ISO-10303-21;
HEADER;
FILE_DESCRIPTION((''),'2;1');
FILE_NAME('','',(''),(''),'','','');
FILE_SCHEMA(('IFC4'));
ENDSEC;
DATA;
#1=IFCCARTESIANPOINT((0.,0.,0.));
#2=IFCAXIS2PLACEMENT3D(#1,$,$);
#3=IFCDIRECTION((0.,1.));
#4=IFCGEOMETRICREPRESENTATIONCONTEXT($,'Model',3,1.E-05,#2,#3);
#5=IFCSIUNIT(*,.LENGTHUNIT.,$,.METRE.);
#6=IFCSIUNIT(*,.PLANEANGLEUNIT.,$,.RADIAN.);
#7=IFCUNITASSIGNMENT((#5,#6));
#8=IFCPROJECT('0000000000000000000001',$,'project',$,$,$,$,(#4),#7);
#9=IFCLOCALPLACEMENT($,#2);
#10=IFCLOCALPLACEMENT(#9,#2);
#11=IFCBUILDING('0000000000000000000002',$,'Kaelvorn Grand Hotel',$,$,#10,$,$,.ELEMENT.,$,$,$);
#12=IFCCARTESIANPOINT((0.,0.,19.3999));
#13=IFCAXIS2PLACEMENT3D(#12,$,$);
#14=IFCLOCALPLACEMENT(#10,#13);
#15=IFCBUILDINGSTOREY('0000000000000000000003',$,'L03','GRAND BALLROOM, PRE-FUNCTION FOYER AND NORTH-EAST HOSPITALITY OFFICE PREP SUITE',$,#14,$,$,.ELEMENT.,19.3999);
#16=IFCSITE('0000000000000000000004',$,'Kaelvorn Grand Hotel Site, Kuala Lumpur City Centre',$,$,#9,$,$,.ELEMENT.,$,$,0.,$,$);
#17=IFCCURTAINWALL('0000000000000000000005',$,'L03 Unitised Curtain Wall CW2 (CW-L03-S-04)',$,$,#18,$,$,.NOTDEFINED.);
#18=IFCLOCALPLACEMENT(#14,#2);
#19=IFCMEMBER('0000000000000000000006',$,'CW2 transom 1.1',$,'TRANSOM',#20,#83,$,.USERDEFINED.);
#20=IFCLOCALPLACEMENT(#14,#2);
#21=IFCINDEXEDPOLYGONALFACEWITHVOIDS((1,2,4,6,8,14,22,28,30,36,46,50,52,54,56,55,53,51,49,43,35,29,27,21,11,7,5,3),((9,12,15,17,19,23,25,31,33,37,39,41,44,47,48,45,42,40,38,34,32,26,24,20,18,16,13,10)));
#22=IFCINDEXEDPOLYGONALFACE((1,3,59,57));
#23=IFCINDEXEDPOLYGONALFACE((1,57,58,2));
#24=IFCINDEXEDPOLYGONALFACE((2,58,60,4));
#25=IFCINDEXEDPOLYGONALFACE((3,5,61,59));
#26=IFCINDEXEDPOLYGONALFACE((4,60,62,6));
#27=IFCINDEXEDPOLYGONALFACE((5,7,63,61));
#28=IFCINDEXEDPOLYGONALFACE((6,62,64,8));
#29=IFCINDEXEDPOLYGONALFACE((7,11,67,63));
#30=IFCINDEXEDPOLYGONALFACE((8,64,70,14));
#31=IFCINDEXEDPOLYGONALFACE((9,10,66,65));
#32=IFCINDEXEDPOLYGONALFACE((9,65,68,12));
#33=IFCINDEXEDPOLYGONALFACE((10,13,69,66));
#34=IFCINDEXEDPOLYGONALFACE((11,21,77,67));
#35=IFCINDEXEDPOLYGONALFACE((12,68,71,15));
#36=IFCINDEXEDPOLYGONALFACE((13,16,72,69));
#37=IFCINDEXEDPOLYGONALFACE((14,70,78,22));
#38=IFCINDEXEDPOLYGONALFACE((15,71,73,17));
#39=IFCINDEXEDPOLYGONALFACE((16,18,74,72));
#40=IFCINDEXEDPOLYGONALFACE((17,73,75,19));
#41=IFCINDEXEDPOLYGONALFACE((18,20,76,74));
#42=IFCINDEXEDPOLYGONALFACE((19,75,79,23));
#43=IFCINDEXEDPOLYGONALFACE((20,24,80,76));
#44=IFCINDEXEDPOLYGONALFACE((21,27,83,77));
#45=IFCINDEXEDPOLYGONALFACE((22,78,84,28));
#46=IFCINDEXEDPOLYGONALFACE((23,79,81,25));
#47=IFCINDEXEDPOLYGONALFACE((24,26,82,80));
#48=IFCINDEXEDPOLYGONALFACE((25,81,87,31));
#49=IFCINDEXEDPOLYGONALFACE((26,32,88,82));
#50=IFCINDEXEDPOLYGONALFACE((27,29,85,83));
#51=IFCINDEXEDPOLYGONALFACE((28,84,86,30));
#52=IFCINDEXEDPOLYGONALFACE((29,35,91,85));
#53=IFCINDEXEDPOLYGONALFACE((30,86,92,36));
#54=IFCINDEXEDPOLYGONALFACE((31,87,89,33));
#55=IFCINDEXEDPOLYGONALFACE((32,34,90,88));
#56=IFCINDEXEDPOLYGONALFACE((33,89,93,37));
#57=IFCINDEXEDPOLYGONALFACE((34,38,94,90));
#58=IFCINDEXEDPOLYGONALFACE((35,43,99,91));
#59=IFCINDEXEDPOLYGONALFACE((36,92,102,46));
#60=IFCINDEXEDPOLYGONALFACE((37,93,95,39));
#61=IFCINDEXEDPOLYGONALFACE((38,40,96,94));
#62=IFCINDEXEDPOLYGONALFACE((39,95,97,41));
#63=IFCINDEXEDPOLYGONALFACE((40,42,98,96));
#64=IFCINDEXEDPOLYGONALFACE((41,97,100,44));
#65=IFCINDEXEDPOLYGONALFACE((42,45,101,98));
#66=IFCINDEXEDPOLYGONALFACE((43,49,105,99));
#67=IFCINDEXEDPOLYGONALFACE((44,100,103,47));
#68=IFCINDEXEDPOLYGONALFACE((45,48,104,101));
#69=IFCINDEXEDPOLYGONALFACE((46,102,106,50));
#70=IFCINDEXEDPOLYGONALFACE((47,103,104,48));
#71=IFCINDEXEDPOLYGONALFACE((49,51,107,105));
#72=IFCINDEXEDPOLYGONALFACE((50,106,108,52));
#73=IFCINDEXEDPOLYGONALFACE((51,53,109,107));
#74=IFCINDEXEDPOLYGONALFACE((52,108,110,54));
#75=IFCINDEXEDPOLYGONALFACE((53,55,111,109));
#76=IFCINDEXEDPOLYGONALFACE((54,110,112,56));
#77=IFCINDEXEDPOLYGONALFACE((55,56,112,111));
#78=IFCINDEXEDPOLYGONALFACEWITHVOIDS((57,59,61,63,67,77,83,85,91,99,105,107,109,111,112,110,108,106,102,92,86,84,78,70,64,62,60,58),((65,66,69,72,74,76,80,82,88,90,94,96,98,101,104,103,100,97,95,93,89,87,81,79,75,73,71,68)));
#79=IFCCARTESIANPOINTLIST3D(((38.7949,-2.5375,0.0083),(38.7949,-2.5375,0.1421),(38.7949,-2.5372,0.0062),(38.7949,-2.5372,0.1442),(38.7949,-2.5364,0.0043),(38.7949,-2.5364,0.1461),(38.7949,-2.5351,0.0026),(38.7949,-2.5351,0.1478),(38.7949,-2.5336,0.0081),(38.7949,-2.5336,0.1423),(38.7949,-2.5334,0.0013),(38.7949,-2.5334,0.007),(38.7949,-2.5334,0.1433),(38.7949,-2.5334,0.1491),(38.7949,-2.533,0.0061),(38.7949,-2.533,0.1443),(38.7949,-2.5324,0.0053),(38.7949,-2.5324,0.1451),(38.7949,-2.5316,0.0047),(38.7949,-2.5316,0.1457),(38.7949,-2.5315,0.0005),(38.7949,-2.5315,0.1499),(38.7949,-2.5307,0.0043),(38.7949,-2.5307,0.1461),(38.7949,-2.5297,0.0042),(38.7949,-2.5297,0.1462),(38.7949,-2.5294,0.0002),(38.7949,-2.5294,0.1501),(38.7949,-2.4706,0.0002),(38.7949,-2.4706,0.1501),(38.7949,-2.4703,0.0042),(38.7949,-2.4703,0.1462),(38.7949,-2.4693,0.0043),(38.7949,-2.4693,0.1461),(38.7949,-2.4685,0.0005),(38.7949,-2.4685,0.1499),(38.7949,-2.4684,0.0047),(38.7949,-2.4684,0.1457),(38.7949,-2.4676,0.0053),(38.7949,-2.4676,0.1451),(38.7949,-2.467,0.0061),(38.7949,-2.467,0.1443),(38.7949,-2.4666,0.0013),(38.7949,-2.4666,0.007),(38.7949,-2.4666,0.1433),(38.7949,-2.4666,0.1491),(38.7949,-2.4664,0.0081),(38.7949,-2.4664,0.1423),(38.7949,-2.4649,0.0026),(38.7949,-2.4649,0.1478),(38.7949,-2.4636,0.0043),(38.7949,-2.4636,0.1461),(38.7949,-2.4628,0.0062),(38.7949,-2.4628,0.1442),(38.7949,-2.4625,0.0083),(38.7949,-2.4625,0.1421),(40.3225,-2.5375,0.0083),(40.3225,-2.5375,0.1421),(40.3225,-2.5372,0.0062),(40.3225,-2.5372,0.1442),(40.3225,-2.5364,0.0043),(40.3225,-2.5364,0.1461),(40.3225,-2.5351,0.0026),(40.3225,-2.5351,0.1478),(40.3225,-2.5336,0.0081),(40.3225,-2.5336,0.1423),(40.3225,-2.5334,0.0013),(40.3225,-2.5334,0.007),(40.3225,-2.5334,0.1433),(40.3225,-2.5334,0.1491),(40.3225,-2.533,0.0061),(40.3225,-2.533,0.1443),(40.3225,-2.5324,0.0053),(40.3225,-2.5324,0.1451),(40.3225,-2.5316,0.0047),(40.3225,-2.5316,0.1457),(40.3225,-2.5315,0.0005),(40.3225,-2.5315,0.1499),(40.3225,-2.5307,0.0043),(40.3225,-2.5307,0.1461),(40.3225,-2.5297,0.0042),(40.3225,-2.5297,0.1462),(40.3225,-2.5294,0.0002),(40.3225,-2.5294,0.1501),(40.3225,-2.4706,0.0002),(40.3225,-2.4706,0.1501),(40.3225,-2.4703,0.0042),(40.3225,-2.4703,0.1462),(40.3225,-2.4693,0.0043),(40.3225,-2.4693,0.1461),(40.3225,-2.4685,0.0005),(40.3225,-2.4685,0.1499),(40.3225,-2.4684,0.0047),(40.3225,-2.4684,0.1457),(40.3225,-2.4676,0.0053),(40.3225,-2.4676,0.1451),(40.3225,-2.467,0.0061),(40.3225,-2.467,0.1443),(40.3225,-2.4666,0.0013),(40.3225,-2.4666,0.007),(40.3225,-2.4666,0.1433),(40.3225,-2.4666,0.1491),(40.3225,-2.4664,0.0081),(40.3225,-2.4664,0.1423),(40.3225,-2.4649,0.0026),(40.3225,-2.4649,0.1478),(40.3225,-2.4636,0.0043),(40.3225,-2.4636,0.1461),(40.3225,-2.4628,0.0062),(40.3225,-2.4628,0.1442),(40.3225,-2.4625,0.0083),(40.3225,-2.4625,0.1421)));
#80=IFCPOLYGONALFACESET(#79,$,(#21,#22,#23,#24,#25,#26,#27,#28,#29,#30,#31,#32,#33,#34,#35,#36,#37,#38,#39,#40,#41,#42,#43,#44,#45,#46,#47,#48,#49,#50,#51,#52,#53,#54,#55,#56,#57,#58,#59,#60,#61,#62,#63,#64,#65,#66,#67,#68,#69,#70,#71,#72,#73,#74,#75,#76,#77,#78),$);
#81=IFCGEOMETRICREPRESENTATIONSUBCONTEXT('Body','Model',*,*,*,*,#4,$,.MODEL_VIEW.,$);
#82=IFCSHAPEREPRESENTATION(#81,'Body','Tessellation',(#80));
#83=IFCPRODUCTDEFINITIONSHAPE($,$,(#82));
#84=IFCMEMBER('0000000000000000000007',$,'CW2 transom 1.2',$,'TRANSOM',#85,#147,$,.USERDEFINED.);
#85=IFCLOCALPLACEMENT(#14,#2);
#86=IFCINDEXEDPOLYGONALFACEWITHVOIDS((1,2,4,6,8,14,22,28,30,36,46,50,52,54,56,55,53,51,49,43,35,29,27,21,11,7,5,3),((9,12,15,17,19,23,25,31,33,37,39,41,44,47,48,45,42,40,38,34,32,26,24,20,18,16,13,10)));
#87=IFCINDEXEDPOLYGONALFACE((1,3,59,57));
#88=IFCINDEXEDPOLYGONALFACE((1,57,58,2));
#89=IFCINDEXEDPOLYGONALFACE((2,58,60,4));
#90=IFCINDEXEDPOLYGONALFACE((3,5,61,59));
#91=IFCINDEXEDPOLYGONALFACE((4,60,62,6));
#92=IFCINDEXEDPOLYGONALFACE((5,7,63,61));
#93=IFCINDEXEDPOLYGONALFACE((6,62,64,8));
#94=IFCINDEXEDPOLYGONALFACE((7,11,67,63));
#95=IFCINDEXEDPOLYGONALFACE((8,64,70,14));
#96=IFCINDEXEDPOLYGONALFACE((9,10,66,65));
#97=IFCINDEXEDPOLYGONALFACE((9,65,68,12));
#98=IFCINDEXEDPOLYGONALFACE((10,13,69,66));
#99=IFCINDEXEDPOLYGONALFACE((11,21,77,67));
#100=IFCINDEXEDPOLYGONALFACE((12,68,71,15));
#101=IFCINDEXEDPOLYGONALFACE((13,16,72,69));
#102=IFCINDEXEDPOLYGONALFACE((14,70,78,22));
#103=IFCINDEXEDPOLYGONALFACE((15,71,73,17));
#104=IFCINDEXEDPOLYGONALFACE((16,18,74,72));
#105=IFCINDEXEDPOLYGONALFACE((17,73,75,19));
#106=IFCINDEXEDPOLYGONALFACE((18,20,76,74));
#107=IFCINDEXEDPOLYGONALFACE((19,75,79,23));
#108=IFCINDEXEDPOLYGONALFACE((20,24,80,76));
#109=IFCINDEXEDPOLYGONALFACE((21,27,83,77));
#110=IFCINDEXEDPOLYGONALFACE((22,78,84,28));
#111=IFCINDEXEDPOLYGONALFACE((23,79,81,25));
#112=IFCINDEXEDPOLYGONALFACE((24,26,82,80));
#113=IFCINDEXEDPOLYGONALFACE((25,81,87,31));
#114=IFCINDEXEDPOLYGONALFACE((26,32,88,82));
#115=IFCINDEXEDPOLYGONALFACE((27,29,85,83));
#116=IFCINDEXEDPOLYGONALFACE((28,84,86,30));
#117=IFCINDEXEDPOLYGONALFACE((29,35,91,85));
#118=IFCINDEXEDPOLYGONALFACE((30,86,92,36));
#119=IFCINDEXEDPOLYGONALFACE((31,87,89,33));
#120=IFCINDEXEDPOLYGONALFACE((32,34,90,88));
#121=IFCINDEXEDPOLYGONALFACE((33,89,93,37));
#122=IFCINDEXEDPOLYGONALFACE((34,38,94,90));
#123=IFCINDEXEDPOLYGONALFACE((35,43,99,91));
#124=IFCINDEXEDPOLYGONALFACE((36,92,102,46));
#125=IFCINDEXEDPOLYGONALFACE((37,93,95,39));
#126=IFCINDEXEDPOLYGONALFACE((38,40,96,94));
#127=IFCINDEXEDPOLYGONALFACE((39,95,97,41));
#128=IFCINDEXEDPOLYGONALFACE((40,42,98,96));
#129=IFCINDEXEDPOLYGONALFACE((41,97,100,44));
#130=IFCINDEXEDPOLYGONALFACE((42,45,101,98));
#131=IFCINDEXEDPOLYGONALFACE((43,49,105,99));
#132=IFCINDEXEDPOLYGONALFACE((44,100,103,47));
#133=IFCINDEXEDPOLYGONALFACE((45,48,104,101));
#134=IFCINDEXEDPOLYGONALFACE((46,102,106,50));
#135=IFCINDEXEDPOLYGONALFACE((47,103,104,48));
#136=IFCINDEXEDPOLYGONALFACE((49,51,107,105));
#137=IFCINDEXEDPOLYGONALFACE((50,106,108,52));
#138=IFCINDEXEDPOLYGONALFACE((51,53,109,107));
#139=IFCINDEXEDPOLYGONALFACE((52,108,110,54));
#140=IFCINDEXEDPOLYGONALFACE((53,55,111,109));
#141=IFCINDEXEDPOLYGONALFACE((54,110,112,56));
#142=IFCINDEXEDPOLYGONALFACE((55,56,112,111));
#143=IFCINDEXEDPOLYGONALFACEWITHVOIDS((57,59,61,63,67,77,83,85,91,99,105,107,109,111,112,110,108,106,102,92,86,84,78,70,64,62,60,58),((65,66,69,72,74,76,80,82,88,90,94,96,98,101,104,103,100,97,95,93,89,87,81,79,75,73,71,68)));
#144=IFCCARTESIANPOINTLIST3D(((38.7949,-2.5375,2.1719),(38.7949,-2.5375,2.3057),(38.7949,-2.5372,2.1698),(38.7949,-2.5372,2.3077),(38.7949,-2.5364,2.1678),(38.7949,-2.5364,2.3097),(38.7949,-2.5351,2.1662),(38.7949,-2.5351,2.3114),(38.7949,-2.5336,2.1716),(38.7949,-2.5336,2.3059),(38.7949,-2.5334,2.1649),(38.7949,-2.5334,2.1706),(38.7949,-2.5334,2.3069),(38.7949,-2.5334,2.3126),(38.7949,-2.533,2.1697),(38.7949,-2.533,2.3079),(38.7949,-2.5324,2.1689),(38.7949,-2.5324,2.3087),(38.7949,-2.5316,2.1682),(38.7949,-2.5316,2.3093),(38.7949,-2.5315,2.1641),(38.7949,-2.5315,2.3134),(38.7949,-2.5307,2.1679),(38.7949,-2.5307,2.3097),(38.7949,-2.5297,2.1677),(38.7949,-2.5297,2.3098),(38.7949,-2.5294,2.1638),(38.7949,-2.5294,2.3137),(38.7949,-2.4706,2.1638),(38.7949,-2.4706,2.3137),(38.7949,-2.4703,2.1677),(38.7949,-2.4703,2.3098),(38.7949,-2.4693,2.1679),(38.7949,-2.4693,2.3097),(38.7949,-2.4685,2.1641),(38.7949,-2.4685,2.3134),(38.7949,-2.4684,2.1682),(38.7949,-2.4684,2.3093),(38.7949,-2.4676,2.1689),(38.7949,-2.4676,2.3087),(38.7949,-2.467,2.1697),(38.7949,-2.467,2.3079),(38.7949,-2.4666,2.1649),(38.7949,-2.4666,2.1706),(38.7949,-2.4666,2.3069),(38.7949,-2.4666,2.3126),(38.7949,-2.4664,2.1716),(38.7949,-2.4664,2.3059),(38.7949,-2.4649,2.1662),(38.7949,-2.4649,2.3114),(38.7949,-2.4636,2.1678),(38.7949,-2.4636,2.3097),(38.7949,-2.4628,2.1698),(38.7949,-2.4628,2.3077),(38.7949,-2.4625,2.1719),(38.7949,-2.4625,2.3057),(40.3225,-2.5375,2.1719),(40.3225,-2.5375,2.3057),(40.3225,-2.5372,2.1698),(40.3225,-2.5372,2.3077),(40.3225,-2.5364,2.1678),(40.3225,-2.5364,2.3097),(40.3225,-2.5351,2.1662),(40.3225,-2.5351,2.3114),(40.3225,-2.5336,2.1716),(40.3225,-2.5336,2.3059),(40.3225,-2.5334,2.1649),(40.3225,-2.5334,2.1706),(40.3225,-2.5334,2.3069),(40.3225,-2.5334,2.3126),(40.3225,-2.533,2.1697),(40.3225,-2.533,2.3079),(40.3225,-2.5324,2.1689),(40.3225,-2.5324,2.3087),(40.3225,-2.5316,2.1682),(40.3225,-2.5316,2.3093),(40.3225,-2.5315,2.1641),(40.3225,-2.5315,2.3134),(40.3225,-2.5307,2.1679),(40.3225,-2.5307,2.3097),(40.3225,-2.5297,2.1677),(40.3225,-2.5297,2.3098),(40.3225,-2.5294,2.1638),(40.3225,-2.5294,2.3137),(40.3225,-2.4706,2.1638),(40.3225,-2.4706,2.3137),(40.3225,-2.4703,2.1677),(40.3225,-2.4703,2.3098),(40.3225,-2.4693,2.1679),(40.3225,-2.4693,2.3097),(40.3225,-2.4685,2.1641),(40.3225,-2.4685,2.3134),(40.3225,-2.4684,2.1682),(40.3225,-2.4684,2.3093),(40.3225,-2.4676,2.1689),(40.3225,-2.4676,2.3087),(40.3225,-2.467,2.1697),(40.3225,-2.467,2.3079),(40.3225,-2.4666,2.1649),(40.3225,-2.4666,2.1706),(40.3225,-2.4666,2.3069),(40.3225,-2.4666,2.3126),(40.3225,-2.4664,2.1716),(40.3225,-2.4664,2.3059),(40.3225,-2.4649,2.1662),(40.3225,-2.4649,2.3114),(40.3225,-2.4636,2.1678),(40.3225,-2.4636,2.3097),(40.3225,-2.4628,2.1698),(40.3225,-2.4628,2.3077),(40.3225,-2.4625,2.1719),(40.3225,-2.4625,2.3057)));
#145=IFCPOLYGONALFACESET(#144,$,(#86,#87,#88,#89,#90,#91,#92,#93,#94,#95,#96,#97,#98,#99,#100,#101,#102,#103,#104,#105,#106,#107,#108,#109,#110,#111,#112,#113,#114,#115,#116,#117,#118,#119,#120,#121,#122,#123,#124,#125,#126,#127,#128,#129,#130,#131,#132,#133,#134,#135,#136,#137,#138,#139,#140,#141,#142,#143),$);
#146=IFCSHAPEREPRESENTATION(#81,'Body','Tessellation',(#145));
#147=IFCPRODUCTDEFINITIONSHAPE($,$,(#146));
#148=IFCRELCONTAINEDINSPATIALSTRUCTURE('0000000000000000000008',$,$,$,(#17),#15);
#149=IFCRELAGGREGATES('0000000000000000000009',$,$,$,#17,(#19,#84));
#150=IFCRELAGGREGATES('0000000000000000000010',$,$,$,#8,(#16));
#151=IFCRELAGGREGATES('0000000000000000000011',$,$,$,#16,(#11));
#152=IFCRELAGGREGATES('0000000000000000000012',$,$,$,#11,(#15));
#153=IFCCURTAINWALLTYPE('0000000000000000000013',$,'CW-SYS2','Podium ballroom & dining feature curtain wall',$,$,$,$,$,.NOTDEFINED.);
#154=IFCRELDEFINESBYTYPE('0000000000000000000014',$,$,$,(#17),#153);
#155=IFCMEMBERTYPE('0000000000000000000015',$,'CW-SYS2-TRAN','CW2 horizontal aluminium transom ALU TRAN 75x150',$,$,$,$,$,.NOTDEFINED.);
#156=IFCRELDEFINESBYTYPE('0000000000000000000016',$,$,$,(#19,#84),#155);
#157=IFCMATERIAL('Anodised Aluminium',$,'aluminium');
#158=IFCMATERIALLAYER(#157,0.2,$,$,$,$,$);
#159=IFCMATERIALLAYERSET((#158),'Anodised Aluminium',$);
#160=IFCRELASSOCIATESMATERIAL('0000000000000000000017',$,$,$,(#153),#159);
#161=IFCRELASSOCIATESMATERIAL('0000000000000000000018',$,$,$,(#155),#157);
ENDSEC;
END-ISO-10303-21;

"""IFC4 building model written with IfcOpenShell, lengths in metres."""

from ifc_helpers import new_model, si_unit, direction, frame, origin, origin_2d, place, context, subcontext, project, spatial, hollow_rectangle, extrude, material, layer, layer_set, material_profile, profile_set, type_object, element, aggregate, save


model = new_model("IFC4")

# Units and contexts
model_context = context("Model", 3, precision=1e-05, world=origin(), true_north=direction((0.0, 1.0)))
body_context = subcontext(model_context, "Body", "Model", "MODEL_VIEW")
ifc_project = project(units=[si_unit("LENGTHUNIT", "METRE"), si_unit("PLANEANGLEUNIT", "RADIAN")], contexts=[model_context])

# Site, building, storey
site_placement = place(None, origin())
site = spatial("IfcSite", under=ifc_project, at=site_placement, Name="Kaelvorn Grand Hotel Site, Kuala Lumpur City Centre", CompositionType="ELEMENT", RefElevation=0.0)
building_placement = place(site_placement, origin())
building = spatial("IfcBuilding", under=site, at=building_placement, Name="Kaelvorn Grand Hotel", CompositionType="ELEMENT")
storey_placement = place(building_placement, frame((0.0, 0.0, 19.3999)))
storey = spatial("IfcBuildingStorey", under=building, at=storey_placement, Name="L03", Description="GRAND BALLROOM, PRE-FUNCTION FOYER AND NORTH-EAST HOSPITALITY OFFICE PREP SUITE", CompositionType="ELEMENT", Elevation=19.3999)

# Shared definitions
ifc_material_1 = material(Name="Anodised Aluminium", Category="aluminium")
ifc_layer_1 = layer(ifc_material_1, 0.2)
ifc_layer_set_1 = layer_set([ifc_layer_1], Name="Anodised Aluminium")
curtain_wall_type = type_object("IfcCurtainWallType", Name="CW-SYS2", Description="Podium ballroom & dining feature curtain wall", PredefinedType="NOTDEFINED", material=ifc_layer_set_1)

# Curtain wall
curtain_wall_1_placement = place(storey_placement, origin())
curtain_wall_1 = element("IfcCurtainWall", 1, at=curtain_wall_1_placement, inside=storey, type_object=curtain_wall_type, Name="L03 Unitised Curtain Wall CW2 (CW-L03-S-04)", PredefinedType="NOTDEFINED")

# Members
ifc_material_profile_1 = material_profile(ifc_material_1, hollow_rectangle(XDim=0.075, YDim=0.1499, WallThickness=0.0039, InnerFilletRadius=0.0039, OuterFilletRadius=0.0081, at=origin_2d()), Name="ALU TRAN 75x150")
ifc_profile_set_1 = profile_set([ifc_material_profile_1], Name="Anodised Aluminium")
member_type_1 = type_object("IfcMemberType", Name="CW-SYS2-TRAN", Description="CW2 horizontal aluminium transom ALU TRAN 75x150", PredefinedType="NOTDEFINED", material=ifc_profile_set_1)
member_1_placement = place(storey_placement, frame((38.7949, -2.5, 0.0752), z_axis=(1.0, 0.0, 0.0), x_axis=(0.0, 1.0, 0.0)))
member_1 = element("IfcMember", 2, at=member_1_placement, type_object=member_type_1, Name="CW2 transom 1.1", ObjectType="TRANSOM", PredefinedType="USERDEFINED", context=body_context, shape_type="SweptSolid", body=[
    extrude(hollow_rectangle(XDim=0.075, YDim=0.1499, WallThickness=0.0039, InnerFilletRadius=0.0039, OuterFilletRadius=0.0081, at=origin_2d()), origin(), (0.0, 0.0, 1.0), 1.5276),
])
member_2_placement = place(storey_placement, frame((38.7949, -2.5, 2.2388), z_axis=(1.0, 0.0, 0.0), x_axis=(0.0, 1.0, 0.0)))
member_2 = element("IfcMember", 3, at=member_2_placement, type_object=member_type_1, Name="CW2 transom 1.2", ObjectType="TRANSOM", PredefinedType="USERDEFINED", context=body_context, shape_type="SweptSolid", body=[
    extrude(hollow_rectangle(XDim=0.075, YDim=0.1499, WallThickness=0.0039, InnerFilletRadius=0.0039, OuterFilletRadius=0.0081, at=origin_2d()), origin(), (0.0, 0.0, 1.0), 1.5276),
])

aggregate(curtain_wall_1, [member_1, member_2])

save(model, "model.ifc")
